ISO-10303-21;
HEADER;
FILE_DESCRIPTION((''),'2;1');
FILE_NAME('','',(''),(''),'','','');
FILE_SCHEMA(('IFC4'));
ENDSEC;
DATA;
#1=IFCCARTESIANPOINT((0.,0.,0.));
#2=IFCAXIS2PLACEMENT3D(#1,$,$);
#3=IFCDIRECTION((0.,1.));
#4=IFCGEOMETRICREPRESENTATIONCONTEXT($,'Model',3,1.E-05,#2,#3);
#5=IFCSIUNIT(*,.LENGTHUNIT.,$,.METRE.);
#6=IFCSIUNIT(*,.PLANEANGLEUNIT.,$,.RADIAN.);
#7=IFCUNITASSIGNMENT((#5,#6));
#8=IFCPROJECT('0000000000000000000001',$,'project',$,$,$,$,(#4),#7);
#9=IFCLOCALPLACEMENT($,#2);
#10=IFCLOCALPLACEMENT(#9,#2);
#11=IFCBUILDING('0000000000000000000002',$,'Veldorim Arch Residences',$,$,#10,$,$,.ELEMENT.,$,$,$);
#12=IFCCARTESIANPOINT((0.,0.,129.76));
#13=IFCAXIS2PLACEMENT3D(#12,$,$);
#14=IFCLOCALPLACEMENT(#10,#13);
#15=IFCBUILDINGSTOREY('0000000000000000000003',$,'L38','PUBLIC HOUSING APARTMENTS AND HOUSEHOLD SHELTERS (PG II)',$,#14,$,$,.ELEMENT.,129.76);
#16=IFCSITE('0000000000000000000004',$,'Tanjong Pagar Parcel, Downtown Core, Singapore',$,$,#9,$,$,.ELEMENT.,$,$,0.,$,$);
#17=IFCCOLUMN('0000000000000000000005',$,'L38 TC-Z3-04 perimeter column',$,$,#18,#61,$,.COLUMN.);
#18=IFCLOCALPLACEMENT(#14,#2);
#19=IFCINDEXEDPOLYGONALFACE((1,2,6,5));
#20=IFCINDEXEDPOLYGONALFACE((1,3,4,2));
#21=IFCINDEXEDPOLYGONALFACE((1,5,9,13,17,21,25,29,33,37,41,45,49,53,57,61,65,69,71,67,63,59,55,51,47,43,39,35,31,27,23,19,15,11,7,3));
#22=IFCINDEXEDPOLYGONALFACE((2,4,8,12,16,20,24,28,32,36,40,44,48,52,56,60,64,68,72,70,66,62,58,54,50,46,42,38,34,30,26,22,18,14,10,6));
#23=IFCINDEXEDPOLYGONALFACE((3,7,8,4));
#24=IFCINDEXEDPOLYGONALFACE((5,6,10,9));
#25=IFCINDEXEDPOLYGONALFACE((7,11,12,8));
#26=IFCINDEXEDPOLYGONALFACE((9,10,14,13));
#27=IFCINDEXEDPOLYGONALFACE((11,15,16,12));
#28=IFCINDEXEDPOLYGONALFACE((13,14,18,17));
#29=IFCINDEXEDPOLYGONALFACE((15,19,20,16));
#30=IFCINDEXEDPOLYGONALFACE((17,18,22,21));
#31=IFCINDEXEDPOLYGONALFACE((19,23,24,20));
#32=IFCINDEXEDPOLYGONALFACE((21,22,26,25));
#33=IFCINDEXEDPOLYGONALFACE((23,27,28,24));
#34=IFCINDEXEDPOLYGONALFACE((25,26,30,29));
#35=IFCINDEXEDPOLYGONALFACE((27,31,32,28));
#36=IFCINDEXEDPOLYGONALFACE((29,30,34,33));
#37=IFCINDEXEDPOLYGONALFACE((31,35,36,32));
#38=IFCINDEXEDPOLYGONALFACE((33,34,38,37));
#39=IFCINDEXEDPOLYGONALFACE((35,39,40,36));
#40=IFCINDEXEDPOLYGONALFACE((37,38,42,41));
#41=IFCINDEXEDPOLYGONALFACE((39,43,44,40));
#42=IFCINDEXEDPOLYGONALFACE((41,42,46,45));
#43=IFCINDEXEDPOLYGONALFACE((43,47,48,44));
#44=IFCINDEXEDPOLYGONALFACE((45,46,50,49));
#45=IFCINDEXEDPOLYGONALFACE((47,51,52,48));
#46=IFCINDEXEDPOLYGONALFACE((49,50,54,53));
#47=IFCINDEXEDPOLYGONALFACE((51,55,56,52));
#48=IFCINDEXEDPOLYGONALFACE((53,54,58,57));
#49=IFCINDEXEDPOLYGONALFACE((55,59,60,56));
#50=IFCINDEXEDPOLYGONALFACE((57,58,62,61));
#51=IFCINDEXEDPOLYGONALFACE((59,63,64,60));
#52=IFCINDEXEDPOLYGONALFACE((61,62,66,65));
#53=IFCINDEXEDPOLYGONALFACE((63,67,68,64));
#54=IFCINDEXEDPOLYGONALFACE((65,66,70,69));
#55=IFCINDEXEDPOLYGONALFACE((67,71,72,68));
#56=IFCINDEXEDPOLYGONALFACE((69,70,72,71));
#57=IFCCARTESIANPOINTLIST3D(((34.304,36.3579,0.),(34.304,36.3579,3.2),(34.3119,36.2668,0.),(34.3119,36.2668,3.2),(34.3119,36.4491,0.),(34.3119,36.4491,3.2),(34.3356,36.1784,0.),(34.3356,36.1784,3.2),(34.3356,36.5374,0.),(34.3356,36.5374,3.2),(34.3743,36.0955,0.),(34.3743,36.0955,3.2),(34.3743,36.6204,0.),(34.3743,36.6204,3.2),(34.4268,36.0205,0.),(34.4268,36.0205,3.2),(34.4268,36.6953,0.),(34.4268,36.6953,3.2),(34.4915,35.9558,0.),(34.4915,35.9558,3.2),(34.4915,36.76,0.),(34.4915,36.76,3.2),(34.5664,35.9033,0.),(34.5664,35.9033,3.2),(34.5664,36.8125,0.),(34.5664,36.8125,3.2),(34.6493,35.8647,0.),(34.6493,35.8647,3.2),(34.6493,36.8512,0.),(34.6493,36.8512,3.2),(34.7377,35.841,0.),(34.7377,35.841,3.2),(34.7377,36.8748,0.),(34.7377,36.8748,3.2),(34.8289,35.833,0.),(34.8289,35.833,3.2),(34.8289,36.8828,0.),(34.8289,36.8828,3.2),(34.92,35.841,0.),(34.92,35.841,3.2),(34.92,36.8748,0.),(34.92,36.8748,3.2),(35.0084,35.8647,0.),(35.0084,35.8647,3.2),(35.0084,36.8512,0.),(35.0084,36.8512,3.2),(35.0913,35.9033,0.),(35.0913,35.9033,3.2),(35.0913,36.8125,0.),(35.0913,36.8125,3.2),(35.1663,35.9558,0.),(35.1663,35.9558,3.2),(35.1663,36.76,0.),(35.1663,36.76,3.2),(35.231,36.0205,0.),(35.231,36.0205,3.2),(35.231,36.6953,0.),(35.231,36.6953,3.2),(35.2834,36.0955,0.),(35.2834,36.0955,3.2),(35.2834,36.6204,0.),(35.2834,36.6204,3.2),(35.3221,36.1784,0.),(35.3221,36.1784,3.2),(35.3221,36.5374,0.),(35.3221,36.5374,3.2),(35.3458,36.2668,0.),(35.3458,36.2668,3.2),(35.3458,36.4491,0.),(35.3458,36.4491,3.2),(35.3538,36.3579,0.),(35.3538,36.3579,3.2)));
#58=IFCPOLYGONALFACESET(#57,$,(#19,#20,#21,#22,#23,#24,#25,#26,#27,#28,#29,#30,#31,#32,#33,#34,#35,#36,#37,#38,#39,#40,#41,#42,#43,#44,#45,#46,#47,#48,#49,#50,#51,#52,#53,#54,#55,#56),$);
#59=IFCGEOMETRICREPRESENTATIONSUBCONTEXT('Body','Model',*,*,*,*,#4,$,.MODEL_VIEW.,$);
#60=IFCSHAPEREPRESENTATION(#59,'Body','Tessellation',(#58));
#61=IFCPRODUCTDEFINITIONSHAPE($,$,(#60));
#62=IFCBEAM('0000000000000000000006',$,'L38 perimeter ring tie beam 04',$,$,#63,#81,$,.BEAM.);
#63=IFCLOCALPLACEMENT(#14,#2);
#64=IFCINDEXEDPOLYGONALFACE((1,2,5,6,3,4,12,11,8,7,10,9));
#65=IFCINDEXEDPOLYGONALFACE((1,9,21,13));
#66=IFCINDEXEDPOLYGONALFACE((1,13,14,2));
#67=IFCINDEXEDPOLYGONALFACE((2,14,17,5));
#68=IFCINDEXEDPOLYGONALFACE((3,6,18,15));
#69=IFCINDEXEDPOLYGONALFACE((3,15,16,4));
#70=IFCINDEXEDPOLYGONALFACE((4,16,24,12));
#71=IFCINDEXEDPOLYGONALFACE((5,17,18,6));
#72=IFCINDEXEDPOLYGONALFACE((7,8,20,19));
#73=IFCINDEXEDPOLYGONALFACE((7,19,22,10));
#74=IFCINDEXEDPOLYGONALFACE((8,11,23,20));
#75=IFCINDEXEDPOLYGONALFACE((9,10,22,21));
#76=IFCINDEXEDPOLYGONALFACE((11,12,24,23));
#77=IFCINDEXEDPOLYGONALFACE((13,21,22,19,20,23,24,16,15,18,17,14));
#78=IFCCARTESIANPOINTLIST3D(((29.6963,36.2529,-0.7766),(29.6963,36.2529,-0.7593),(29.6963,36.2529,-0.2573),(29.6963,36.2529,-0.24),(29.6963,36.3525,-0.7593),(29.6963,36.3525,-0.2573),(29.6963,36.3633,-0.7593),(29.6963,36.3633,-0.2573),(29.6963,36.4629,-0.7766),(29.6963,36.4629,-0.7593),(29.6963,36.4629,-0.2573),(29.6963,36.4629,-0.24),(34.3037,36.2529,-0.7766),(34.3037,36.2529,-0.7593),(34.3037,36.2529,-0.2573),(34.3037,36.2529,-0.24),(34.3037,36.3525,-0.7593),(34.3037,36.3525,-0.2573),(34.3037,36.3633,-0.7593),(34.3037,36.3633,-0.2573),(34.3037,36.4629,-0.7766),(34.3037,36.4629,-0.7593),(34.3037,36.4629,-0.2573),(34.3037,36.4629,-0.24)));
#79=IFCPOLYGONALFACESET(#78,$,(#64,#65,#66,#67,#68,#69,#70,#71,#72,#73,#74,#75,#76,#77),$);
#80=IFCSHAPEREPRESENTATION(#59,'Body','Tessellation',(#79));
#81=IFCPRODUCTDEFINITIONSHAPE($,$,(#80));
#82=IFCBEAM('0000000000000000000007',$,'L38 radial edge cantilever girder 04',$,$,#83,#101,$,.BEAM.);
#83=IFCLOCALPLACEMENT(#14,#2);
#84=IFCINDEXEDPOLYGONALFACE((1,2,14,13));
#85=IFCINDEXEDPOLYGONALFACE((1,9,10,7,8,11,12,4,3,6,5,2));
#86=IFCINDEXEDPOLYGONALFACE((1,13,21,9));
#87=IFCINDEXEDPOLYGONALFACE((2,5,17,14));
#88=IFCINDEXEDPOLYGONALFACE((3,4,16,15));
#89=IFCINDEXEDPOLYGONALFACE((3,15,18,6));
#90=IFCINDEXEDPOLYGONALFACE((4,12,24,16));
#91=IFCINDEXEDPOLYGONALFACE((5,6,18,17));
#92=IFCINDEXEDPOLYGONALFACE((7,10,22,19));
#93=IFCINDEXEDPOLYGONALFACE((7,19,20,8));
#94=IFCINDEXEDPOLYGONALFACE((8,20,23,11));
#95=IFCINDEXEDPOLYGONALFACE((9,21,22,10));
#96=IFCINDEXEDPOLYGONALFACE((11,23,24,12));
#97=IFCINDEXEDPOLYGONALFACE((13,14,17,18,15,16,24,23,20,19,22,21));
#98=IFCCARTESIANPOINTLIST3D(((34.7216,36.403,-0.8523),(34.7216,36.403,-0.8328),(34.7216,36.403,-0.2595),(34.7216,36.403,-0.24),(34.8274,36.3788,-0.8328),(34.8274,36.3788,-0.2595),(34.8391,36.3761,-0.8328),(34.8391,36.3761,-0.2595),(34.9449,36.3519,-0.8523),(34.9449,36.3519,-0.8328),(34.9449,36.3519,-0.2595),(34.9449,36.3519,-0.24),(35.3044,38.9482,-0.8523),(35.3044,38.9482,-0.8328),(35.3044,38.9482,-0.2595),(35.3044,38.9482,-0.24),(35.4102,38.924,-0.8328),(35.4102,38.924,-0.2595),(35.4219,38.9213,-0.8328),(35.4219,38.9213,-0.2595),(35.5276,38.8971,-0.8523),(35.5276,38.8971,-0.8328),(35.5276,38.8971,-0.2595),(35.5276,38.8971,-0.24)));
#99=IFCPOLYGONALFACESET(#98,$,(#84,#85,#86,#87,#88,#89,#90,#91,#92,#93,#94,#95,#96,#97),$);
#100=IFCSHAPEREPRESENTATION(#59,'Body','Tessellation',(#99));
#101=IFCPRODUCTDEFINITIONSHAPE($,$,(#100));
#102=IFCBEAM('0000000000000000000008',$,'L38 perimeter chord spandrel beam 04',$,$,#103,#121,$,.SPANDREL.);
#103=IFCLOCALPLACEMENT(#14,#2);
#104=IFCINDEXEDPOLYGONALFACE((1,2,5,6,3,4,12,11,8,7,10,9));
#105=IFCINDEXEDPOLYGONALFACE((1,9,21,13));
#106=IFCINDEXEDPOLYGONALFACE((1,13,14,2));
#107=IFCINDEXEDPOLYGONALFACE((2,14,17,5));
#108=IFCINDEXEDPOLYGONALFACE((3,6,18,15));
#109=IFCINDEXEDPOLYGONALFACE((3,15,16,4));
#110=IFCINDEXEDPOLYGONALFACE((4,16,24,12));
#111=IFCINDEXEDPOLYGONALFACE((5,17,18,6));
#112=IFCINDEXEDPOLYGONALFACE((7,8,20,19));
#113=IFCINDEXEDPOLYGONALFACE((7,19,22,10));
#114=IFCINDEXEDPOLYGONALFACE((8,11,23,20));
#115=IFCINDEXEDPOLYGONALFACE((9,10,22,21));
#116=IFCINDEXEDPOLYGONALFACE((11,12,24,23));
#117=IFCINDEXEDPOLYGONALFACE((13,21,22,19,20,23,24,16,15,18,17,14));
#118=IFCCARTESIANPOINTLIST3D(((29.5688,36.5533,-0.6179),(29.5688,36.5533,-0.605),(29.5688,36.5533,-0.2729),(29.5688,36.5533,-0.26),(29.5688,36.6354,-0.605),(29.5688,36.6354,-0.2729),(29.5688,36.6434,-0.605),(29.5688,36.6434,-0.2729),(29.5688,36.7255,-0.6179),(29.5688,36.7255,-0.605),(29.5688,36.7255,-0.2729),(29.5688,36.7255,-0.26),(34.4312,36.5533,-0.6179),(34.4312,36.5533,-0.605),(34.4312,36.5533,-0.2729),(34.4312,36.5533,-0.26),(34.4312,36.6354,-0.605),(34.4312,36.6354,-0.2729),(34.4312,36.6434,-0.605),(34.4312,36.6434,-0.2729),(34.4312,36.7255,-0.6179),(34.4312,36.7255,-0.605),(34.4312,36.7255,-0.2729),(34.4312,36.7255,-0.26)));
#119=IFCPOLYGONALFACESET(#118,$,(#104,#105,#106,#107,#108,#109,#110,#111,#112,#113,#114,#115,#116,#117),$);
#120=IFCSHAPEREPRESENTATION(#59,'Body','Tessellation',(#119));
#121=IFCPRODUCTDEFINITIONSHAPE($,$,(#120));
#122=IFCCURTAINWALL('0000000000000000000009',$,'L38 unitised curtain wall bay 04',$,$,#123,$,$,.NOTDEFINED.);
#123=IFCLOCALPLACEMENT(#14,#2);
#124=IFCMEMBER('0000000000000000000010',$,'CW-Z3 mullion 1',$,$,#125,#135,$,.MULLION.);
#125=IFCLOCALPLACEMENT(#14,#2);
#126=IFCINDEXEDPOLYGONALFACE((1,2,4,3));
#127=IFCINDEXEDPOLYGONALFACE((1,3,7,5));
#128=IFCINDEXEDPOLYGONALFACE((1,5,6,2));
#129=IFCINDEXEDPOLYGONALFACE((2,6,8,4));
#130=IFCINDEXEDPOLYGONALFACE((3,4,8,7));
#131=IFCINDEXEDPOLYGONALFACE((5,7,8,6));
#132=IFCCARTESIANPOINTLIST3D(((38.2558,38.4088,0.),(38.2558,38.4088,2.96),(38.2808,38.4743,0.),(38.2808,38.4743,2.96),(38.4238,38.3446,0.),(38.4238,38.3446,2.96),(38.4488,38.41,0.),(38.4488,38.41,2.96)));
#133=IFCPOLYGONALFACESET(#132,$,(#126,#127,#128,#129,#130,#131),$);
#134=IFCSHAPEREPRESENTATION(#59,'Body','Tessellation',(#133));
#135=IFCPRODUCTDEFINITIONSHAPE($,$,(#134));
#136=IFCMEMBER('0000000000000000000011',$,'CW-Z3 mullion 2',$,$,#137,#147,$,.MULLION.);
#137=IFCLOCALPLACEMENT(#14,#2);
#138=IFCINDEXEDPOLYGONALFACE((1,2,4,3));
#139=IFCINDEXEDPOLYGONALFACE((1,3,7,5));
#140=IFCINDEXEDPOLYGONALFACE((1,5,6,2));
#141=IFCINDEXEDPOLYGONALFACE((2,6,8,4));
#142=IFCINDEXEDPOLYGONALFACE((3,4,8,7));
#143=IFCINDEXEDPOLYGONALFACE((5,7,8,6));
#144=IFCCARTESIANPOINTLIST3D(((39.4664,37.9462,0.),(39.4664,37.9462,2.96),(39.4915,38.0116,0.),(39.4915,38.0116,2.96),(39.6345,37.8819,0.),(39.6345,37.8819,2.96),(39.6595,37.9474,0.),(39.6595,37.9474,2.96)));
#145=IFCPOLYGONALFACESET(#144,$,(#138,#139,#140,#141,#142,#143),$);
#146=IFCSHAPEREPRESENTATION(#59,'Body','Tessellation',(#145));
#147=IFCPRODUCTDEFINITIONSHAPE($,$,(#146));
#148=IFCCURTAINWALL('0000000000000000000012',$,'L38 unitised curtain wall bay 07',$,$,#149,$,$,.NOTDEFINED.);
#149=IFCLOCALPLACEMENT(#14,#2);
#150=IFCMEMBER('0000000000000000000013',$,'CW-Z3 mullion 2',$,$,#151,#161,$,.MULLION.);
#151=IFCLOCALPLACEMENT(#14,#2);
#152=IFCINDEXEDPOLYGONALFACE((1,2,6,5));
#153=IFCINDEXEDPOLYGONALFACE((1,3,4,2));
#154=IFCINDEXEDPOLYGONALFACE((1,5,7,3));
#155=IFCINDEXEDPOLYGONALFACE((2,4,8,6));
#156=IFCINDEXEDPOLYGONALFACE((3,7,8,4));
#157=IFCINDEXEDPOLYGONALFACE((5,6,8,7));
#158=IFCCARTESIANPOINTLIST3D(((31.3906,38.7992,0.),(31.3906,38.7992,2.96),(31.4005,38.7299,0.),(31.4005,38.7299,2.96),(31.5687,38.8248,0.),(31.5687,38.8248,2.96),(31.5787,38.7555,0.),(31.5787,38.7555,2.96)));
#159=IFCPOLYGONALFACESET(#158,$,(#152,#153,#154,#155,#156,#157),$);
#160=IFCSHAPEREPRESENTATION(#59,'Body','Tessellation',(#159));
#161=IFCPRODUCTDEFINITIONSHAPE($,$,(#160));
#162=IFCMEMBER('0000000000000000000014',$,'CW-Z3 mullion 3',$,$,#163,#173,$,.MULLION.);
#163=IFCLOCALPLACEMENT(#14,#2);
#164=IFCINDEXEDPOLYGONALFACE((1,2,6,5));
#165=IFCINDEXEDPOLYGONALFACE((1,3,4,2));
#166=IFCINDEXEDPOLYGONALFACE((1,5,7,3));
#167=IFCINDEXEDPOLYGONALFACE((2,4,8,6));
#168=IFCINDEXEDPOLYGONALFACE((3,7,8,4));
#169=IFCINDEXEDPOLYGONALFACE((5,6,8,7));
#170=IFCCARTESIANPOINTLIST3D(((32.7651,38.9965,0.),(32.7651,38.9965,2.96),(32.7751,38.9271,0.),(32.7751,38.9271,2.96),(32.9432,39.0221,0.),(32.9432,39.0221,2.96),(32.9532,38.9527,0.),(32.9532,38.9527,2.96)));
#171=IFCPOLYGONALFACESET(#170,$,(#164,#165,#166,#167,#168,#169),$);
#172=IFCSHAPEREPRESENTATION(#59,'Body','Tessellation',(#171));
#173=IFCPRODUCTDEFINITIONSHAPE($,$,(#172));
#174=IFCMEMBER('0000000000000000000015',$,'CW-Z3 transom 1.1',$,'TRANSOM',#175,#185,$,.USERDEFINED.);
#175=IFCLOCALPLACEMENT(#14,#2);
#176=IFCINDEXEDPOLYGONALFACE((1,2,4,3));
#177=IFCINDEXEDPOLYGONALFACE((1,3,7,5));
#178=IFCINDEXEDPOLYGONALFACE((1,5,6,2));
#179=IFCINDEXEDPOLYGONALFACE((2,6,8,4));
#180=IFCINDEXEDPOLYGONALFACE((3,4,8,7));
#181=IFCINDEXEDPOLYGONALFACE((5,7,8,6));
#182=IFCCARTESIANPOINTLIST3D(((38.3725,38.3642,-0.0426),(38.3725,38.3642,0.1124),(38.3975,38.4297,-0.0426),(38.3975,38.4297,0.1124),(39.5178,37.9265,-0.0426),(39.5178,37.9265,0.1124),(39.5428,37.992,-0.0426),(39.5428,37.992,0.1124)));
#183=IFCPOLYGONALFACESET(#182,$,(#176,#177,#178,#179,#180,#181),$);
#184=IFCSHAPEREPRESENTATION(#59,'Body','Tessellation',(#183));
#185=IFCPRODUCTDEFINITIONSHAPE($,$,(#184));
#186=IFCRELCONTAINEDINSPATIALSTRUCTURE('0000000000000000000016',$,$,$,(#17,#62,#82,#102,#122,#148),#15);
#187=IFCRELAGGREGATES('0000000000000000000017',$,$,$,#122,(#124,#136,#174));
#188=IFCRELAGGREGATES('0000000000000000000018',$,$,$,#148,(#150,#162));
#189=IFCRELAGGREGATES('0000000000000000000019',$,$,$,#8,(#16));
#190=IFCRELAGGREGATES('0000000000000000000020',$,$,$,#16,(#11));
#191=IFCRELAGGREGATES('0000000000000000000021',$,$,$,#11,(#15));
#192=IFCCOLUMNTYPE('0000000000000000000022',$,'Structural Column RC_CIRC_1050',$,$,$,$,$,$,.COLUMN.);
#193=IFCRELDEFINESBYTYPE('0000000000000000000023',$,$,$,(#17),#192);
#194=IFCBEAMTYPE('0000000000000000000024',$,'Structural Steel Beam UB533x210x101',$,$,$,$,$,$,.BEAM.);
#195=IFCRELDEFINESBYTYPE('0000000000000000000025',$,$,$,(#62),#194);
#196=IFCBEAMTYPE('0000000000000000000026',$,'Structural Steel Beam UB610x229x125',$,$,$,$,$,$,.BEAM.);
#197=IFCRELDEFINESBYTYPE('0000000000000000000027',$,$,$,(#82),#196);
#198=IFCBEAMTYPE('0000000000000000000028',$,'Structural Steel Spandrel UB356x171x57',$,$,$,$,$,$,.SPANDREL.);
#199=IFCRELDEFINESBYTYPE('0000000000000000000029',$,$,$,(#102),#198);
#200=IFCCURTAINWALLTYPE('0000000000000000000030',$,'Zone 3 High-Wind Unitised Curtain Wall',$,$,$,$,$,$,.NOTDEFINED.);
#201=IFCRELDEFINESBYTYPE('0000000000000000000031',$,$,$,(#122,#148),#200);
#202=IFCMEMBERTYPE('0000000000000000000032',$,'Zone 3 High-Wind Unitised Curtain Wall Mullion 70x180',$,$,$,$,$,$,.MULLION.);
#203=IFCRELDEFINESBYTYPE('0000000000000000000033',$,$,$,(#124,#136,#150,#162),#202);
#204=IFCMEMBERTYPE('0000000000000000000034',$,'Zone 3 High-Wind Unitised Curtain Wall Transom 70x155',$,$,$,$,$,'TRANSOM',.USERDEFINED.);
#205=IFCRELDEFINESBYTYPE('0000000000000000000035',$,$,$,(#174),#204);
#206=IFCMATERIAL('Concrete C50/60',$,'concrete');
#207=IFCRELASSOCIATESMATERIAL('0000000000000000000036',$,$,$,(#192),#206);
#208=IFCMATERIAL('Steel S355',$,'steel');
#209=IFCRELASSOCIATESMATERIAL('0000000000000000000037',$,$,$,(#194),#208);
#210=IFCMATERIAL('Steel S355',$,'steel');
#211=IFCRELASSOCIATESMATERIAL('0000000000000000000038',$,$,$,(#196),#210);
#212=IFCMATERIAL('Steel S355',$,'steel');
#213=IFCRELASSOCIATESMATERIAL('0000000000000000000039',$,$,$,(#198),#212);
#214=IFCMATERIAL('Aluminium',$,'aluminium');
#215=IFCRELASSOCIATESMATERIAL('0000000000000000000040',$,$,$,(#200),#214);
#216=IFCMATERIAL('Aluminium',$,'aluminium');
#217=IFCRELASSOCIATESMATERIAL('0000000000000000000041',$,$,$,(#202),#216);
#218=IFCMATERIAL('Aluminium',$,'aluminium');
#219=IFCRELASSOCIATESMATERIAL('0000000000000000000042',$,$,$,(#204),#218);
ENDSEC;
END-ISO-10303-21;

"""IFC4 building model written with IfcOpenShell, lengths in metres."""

from ifc_helpers import new_model, si_unit, direction, frame, origin, origin_2d, place, context, subcontext, project, spatial, rectangle, circle, i_section, extrude, material, material_profile, profile_set, type_object, element, aggregate, save


model = new_model("IFC4")

# Units and contexts
model_context = context("Model", 3, precision=1e-05, world=origin(), true_north=direction((0.0, 1.0)))
body_context = subcontext(model_context, "Body", "Model", "MODEL_VIEW")
ifc_project = project(units=[si_unit("LENGTHUNIT", "METRE"), si_unit("PLANEANGLEUNIT", "RADIAN")], contexts=[model_context])

# Site, building, storey
site_placement = place(None, origin())
site = spatial("IfcSite", under=ifc_project, at=site_placement, Name="Tanjong Pagar Parcel, Downtown Core, Singapore", CompositionType="ELEMENT", RefElevation=0.0)
building_placement = place(site_placement, origin())
building = spatial("IfcBuilding", under=site, at=building_placement, Name="Veldorim Arch Residences", CompositionType="ELEMENT")
storey_placement = place(building_placement, frame((0.0, 0.0, 129.76)))
storey = spatial("IfcBuildingStorey", under=building, at=storey_placement, Name="L38", Description="PUBLIC HOUSING APARTMENTS AND HOUSEHOLD SHELTERS (PG II)", CompositionType="ELEMENT", Elevation=129.76)

# Column
ifc_material_1 = material(Name="Concrete C50/60", Category="concrete")
ifc_material_profile_1 = material_profile(ifc_material_1, circle(Radius=0.5249, at=origin_2d()), Name="RC_CIRC_1050")
ifc_profile_set_1 = profile_set([ifc_material_profile_1], Name="Concrete C50/60")
column_type = type_object("IfcColumnType", Name="Structural Column RC_CIRC_1050", PredefinedType="COLUMN", material=ifc_profile_set_1)
column_placement = place(storey_placement, frame((34.8289, 36.3579, 0.0), z_axis=(0.0, 0.0, 1.0), x_axis=(1.0, 0.0, 0.0)))
element("IfcColumn", 1, at=column_placement, inside=storey, type_object=column_type, Name="L38 TC-Z3-04 perimeter column", PredefinedType="COLUMN", context=body_context, shape_type="SweptSolid", body=[
    extrude(circle(Radius=0.5249, at=origin_2d()), origin(), (0.0, 0.0, 1.0), 3.2),
])

# Beams
ifc_material_2 = material(Name="Steel S355", Category="steel")
ifc_material_profile_2 = material_profile(ifc_material_2, i_section(OverallWidth=0.21, OverallDepth=0.5366, WebThickness=0.0107, FlangeThickness=0.0173, at=origin_2d()), Name="UB533x210x101")
ifc_profile_set_2 = profile_set([ifc_material_profile_2], Name="Steel S355")
beam_type_1 = type_object("IfcBeamType", Name="Structural Steel Beam UB533x210x101", PredefinedType="BEAM", material=ifc_profile_set_2)
beam_1_placement = place(storey_placement, frame((34.3037, 36.3579, -0.5083), z_axis=(-1.0, 0.0, 0.0), x_axis=(0.0, -1.0, 0.0)))
element("IfcBeam", 2, at=beam_1_placement, inside=storey, type_object=beam_type_1, Name="L38 perimeter ring tie beam 04", PredefinedType="BEAM", context=body_context, shape_type="SweptSolid", body=[
    extrude(i_section(OverallWidth=0.21, OverallDepth=0.5366, WebThickness=0.0107, FlangeThickness=0.0173, at=origin_2d()), origin(), (0.0, 0.0, 1.0), 4.6074),
])
ifc_material_3 = material(Name="Steel S355", Category="steel")
ifc_material_profile_3 = material_profile(ifc_material_3, i_section(OverallWidth=0.229, OverallDepth=0.6123, WebThickness=0.012, FlangeThickness=0.0195, at=origin_2d()), Name="UB610x229x125")
ifc_profile_set_3 = profile_set([ifc_material_profile_3], Name="Steel S355")
beam_type_2 = type_object("IfcBeamType", Name="Structural Steel Beam UB610x229x125", PredefinedType="BEAM", material=ifc_profile_set_3)
beam_2_placement = place(storey_placement, frame((34.8333, 36.3774, -0.5461), z_axis=(0.223193, 0.974774, 0.0), x_axis=(-0.974774, 0.223193, 0.0)))
element("IfcBeam", 3, at=beam_2_placement, inside=storey, type_object=beam_type_2, Name="L38 radial edge cantilever girder 04", PredefinedType="BEAM", context=body_context, shape_type="SweptSolid", body=[
    extrude(i_section(OverallWidth=0.229, OverallDepth=0.6123, WebThickness=0.012, FlangeThickness=0.0195, at=origin_2d()), origin(), (0.0, 0.0, 1.0), 2.6111),
])
ifc_material_4 = material(Name="Steel S355", Category="steel")
ifc_material_profile_4 = material_profile(ifc_material_4, i_section(OverallWidth=0.1721, OverallDepth=0.3579, WebThickness=0.0081, FlangeThickness=0.0129, at=origin_2d()), Name="UB356x171x57")
ifc_profile_set_4 = profile_set([ifc_material_profile_4], Name="Steel S355")
beam_type_3 = type_object("IfcBeamType", Name="Structural Steel Spandrel UB356x171x57", PredefinedType="SPANDREL", material=ifc_profile_set_4)
beam_3_placement = place(storey_placement, frame((34.4312, 36.6394, -0.439), z_axis=(-1.0, 0.0, 0.0), x_axis=(0.0, -1.0, 0.0)))
element("IfcBeam", 4, at=beam_3_placement, inside=storey, type_object=beam_type_3, Name="L38 perimeter chord spandrel beam 04", PredefinedType="SPANDREL", context=body_context, shape_type="SweptSolid", body=[
    extrude(i_section(OverallWidth=0.1721, OverallDepth=0.3579, WebThickness=0.0081, FlangeThickness=0.0129, at=origin_2d()), origin(), (0.0, 0.0, 1.0), 4.8623),
])

# Curtain walls, members
ifc_material_5 = material(Name="Aluminium", Category="aluminium")
curtain_wall_type = type_object("IfcCurtainWallType", Name="Zone 3 High-Wind Unitised Curtain Wall", PredefinedType="NOTDEFINED", material=ifc_material_5)
curtain_wall_1_placement = place(storey_placement, origin())
curtain_wall_1 = element("IfcCurtainWall", 5, at=curtain_wall_1_placement, inside=storey, type_object=curtain_wall_type, Name="L38 unitised curtain wall bay 04", PredefinedType="NOTDEFINED")
ifc_material_6 = material(Name="Aluminium", Category="aluminium")
ifc_material_profile_5 = material_profile(ifc_material_6, rectangle(XDim=0.0701, YDim=0.1799, at=origin_2d()), Name="ALU_MUL_70x180")
ifc_profile_set_5 = profile_set([ifc_material_profile_5], Name="Aluminium")
member_type_1 = type_object("IfcMemberType", Name="Zone 3 High-Wind Unitised Curtain Wall Mullion 70x180", PredefinedType="MULLION", material=ifc_profile_set_5)
member_1_placement = place(storey_placement, frame((38.3523, 38.4094, 0.0), z_axis=(0.0, 0.0, 1.0), x_axis=(0.356987, 0.934109, 0.0)))
member_1 = element("IfcMember", 6, at=member_1_placement, type_object=member_type_1, Name="CW-Z3 mullion 1", PredefinedType="MULLION", context=body_context, shape_type="SweptSolid", body=[
    extrude(rectangle(XDim=0.0701, YDim=0.1799, at=origin_2d()), origin(), (0.0, 0.0, 1.0), 2.96),
])
member_2_placement = place(storey_placement, frame((39.563, 37.9468, 0.0), z_axis=(0.0, 0.0, 1.0), x_axis=(0.356987, 0.934109, 0.0)))
member_2 = element("IfcMember", 7, at=member_2_placement, type_object=member_type_1, Name="CW-Z3 mullion 2", PredefinedType="MULLION", context=body_context, shape_type="SweptSolid", body=[
    extrude(rectangle(XDim=0.0701, YDim=0.1799, at=origin_2d()), origin(), (0.0, 0.0, 1.0), 2.96),
])
curtain_wall_2_placement = place(storey_placement, origin())
curtain_wall_2 = element("IfcCurtainWall", 8, at=curtain_wall_2_placement, inside=storey, type_object=curtain_wall_type, Name="L38 unitised curtain wall bay 07", PredefinedType="NOTDEFINED")
member_3_placement = place(storey_placement, frame((31.4846, 38.7773, 0.0), z_axis=(0.0, 0.0, 1.0), x_axis=(-0.14212, 0.989849, 0.0)))
member_3 = element("IfcMember", 9, at=member_3_placement, type_object=member_type_1, Name="CW-Z3 mullion 2", PredefinedType="MULLION", context=body_context, shape_type="SweptSolid", body=[
    extrude(rectangle(XDim=0.0701, YDim=0.1799, at=origin_2d()), origin(), (0.0, 0.0, 1.0), 2.96),
])
member_4_placement = place(storey_placement, frame((32.8591, 38.9746, 0.0), z_axis=(0.0, 0.0, 1.0), x_axis=(-0.14212, 0.989849, 0.0)))
member_4 = element("IfcMember", 10, at=member_4_placement, type_object=member_type_1, Name="CW-Z3 mullion 3", PredefinedType="MULLION", context=body_context, shape_type="SweptSolid", body=[
    extrude(rectangle(XDim=0.0701, YDim=0.1799, at=origin_2d()), origin(), (0.0, 0.0, 1.0), 2.96),
])

# Member
ifc_material_7 = material(Name="Aluminium", Category="aluminium")
ifc_material_profile_6 = material_profile(ifc_material_7, rectangle(XDim=0.0701, YDim=0.155, at=origin_2d()), Name="ALU_TRN_70x155")
ifc_profile_set_6 = profile_set([ifc_material_profile_6], Name="Aluminium")
member_type_2 = type_object("IfcMemberType", Name="Zone 3 High-Wind Unitised Curtain Wall Transom 70x155", ElementType="TRANSOM", PredefinedType="USERDEFINED", material=ifc_profile_set_6)
member_5_placement = place(storey_placement, frame((38.385, 38.397, 0.0349), z_axis=(0.934093, -0.35703, 0.0), x_axis=(0.35703, 0.934093, 0.0)))
member_5 = element("IfcMember", 11, at=member_5_placement, type_object=member_type_2, Name="CW-Z3 transom 1.1", ObjectType="TRANSOM", PredefinedType="USERDEFINED", context=body_context, shape_type="SweptSolid", body=[
    extrude(rectangle(XDim=0.0701, YDim=0.155, at=origin_2d()), origin(), (0.0, 0.0, 1.0), 1.2261),
])

aggregate(curtain_wall_1, [member_1, member_2, member_5])
aggregate(curtain_wall_2, [member_3, member_4])

save(model, "model.ifc")
